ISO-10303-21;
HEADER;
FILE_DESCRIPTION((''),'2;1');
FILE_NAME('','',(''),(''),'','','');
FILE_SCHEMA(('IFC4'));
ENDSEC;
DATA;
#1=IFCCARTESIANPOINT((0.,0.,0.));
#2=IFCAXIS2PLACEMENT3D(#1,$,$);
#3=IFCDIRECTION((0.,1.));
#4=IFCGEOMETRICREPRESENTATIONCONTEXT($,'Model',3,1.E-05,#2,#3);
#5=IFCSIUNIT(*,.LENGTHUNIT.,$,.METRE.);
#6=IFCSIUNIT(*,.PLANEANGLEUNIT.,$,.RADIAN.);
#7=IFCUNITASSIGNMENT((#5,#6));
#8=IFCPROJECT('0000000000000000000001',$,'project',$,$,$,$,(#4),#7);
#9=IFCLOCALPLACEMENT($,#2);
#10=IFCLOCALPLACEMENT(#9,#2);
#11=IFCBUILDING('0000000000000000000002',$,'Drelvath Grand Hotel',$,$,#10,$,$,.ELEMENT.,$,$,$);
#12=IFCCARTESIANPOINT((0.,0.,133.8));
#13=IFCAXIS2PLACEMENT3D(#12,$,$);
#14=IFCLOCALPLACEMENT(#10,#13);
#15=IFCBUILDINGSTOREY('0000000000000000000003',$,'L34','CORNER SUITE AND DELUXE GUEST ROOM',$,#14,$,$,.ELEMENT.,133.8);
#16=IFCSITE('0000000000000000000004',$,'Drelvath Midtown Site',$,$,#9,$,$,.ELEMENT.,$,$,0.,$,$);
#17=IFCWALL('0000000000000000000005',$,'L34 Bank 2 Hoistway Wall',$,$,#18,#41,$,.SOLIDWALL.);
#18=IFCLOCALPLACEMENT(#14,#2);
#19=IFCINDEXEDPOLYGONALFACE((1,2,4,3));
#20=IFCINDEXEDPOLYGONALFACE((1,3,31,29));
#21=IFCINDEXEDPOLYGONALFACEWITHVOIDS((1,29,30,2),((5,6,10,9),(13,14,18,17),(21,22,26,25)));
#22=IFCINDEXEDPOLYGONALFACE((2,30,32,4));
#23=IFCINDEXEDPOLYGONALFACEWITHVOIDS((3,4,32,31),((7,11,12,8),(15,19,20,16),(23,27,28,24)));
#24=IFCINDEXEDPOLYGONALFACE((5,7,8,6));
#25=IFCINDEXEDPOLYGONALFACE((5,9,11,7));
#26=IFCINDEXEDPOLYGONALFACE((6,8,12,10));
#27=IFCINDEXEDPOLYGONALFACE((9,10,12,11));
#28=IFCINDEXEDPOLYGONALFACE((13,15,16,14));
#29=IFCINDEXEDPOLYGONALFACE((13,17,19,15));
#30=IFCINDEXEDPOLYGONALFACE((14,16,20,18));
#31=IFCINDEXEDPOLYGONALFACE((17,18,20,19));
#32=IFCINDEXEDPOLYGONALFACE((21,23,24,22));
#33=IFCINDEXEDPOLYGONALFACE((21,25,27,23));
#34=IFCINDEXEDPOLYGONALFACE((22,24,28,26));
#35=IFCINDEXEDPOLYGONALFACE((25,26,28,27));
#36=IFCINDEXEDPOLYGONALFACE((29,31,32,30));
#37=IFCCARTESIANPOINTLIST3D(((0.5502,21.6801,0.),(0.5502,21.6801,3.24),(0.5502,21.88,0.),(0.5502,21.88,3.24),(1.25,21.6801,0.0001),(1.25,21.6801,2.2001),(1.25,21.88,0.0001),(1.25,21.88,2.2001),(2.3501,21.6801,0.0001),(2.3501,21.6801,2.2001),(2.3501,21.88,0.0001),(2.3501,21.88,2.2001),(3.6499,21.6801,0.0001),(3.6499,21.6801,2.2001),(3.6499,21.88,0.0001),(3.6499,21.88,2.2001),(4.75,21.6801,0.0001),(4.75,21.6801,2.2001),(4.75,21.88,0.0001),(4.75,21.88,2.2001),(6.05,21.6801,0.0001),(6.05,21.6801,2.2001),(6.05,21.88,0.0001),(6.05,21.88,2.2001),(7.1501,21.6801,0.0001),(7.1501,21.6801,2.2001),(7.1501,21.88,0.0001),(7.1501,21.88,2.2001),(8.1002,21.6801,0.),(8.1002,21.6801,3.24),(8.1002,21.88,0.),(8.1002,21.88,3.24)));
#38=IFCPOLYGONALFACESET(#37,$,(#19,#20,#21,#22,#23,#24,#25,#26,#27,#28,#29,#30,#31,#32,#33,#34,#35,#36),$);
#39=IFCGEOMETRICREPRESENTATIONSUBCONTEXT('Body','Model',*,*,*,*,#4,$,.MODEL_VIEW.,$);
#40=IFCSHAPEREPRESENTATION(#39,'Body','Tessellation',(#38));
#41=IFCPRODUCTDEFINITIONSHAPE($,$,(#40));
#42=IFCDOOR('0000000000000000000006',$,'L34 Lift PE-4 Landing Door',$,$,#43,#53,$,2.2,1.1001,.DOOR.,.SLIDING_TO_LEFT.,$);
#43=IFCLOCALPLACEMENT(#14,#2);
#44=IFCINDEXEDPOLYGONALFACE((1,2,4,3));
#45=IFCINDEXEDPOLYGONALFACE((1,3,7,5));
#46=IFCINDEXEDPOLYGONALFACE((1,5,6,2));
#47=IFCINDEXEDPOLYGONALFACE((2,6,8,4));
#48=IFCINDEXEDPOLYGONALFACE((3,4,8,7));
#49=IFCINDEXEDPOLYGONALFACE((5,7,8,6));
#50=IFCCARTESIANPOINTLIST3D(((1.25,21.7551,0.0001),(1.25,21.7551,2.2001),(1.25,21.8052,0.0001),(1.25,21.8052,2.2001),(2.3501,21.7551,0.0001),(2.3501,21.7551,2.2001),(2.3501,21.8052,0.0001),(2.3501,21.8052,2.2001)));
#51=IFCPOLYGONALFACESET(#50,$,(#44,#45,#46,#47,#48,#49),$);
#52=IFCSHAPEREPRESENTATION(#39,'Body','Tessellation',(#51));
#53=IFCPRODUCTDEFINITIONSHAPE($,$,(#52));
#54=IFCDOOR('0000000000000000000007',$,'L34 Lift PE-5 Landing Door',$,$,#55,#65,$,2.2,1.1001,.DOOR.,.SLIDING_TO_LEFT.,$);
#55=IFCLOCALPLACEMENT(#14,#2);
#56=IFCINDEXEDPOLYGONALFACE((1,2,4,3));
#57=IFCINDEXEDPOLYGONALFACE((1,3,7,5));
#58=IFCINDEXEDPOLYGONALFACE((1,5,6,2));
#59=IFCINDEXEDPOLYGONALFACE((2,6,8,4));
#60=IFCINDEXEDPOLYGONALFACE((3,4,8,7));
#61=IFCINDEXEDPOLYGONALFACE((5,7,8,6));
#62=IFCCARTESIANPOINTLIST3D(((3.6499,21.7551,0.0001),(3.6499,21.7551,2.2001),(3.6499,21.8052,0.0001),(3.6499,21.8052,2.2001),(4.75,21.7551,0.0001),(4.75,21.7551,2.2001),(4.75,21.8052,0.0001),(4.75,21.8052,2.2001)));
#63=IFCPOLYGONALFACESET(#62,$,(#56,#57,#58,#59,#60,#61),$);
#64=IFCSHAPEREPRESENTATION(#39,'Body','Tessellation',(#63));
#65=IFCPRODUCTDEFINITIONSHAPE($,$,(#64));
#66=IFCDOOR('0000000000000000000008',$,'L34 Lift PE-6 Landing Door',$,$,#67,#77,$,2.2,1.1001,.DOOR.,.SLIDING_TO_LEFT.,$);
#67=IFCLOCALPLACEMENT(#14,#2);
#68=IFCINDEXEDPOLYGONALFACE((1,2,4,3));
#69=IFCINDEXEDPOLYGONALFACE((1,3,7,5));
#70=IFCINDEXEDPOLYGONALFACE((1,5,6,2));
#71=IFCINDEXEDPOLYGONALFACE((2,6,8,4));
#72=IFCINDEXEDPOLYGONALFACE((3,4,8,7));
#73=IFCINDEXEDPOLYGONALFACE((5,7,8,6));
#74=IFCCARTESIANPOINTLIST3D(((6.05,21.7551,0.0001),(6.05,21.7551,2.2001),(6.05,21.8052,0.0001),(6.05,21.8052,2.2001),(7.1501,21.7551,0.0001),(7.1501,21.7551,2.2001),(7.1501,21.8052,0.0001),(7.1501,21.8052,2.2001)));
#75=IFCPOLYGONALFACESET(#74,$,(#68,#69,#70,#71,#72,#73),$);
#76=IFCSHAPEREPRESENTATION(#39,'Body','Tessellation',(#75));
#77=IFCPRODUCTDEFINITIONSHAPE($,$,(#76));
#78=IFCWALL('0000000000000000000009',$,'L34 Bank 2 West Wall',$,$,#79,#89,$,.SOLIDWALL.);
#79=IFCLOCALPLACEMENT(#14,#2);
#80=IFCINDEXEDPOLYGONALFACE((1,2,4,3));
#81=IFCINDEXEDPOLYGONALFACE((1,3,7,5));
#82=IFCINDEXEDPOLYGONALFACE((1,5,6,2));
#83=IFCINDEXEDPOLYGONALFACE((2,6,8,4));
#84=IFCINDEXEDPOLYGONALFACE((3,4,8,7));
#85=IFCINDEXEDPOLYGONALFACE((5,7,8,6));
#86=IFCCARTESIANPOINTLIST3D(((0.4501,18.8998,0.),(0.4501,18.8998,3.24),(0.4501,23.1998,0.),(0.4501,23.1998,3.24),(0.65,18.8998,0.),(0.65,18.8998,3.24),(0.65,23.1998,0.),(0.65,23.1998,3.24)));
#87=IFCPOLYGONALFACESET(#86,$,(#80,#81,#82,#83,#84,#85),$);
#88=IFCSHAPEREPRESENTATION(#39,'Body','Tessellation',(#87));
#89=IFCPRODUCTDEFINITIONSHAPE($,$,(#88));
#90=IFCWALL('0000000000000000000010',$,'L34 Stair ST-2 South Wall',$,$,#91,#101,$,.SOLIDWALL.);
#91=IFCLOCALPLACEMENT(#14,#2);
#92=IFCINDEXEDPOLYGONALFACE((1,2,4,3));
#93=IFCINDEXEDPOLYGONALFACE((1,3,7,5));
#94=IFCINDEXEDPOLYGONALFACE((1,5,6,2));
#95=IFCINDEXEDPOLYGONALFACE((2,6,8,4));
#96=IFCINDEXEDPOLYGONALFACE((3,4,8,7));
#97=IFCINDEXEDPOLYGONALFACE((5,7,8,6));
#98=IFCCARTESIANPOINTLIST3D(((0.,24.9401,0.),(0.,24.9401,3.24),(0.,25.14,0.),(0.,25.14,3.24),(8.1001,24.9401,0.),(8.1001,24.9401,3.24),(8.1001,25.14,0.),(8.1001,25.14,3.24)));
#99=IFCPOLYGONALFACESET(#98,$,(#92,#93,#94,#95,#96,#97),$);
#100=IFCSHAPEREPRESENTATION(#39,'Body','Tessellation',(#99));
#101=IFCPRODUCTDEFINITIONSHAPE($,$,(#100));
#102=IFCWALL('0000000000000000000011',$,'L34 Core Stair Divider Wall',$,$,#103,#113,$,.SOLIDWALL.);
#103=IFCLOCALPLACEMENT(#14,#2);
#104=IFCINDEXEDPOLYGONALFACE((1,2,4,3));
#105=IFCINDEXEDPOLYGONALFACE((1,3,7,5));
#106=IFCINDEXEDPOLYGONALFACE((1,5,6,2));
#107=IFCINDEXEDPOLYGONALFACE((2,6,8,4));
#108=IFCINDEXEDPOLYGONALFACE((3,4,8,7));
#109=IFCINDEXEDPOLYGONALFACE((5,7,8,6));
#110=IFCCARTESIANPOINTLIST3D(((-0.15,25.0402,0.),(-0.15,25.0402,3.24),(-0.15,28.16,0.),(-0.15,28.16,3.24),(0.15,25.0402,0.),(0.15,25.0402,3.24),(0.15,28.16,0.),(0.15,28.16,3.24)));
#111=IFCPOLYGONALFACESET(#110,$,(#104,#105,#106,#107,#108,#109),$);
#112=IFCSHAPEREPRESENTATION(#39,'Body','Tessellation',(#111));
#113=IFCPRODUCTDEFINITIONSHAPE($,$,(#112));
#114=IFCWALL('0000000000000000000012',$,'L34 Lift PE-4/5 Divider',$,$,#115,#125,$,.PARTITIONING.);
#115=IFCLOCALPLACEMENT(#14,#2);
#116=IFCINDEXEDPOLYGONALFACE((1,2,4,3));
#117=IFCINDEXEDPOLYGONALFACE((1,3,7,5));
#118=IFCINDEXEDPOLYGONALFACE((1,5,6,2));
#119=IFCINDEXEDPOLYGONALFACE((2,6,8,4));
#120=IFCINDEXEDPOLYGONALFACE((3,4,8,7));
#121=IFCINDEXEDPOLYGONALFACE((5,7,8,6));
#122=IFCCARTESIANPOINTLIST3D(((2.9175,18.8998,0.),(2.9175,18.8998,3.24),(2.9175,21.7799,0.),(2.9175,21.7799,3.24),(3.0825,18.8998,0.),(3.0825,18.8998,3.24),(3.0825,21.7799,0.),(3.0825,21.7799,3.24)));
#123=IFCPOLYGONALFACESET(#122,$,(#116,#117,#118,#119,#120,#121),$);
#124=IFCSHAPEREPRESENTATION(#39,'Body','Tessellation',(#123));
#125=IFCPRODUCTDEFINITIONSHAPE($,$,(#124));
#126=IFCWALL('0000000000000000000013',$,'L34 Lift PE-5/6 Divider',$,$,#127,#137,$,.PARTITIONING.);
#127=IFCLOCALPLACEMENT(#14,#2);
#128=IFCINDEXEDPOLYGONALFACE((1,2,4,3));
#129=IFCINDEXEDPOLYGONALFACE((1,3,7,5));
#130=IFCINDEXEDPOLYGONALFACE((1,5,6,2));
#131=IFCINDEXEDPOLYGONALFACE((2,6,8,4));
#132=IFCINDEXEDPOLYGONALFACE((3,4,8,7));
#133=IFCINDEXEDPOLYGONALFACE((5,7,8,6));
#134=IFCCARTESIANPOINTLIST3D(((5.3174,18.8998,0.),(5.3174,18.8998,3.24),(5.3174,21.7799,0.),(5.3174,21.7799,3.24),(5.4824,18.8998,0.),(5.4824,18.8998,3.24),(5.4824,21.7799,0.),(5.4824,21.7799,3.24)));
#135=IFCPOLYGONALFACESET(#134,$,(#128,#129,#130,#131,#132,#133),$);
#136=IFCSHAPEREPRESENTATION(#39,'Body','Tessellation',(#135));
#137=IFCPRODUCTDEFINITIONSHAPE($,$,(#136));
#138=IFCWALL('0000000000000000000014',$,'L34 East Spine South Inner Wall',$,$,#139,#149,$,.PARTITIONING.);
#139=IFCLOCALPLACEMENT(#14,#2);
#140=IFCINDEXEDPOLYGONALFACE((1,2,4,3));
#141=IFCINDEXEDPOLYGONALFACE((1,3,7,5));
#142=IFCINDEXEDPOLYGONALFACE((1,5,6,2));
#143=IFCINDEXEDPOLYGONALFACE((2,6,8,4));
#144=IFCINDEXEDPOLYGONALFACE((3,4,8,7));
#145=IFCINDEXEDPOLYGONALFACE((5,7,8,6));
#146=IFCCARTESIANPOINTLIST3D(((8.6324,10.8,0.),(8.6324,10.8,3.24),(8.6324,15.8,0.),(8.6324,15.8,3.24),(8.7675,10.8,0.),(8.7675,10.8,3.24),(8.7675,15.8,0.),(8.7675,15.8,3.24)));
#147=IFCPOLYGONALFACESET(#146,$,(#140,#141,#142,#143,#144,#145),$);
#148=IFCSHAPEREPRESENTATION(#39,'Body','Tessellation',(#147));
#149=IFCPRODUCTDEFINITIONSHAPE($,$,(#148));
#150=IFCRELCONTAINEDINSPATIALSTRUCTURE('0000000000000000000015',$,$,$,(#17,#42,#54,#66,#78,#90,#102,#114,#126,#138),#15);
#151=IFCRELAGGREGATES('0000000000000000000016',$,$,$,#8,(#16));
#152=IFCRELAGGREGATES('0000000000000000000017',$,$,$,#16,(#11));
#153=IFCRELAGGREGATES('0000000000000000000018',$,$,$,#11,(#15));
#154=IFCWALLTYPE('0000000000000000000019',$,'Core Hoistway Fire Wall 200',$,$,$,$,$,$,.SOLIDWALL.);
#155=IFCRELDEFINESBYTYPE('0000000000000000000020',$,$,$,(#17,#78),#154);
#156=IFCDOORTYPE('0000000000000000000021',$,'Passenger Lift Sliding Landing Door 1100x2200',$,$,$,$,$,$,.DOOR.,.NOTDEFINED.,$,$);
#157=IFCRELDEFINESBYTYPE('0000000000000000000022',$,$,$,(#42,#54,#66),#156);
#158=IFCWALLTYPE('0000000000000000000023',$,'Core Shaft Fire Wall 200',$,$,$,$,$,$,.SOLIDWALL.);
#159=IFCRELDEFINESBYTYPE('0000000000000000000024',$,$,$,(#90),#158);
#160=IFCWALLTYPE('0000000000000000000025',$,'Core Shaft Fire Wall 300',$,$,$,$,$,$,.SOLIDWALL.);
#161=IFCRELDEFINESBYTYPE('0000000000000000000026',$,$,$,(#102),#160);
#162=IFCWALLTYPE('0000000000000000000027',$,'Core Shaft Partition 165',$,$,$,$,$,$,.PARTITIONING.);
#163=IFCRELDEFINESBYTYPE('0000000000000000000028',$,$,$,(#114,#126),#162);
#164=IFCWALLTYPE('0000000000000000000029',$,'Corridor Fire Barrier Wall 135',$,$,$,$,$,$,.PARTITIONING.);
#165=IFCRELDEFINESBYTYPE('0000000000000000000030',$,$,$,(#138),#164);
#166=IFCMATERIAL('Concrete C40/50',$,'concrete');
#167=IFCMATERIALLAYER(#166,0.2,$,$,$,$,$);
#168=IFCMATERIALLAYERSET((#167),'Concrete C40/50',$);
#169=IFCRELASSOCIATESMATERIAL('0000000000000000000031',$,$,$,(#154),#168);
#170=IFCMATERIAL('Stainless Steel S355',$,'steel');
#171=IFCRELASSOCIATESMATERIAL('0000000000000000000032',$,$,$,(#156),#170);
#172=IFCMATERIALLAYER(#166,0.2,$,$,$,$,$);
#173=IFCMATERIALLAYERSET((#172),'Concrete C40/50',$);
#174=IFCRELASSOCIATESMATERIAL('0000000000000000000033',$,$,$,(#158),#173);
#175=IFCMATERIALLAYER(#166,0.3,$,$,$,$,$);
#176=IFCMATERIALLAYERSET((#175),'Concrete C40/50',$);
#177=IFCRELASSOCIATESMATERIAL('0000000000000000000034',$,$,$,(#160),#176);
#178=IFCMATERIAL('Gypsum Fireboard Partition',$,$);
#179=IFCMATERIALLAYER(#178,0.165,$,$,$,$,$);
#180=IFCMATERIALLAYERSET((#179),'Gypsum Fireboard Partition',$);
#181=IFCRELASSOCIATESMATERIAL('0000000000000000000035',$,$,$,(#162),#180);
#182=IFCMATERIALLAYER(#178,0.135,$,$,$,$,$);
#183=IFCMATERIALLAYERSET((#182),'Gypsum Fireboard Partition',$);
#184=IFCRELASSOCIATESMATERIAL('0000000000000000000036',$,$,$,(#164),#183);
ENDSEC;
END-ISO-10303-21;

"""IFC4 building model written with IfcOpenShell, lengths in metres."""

from ifc_helpers import new_model, si_unit, direction, frame, frame_2d, origin, place, context, subcontext, project, spatial, rectangle, extrude, material, layer, layer_set, type_object, element, fill, save


model = new_model("IFC4")

# Units and contexts
model_context = context("Model", 3, precision=1e-05, world=origin(), true_north=direction((0.0, 1.0)))
body_context = subcontext(model_context, "Body", "Model", "MODEL_VIEW")
ifc_project = project(units=[si_unit("LENGTHUNIT", "METRE"), si_unit("PLANEANGLEUNIT", "RADIAN")], contexts=[model_context])

# Site, building, storey
site_placement = place(None, origin())
site = spatial("IfcSite", under=ifc_project, at=site_placement, Name="Drelvath Midtown Site", CompositionType="ELEMENT", RefElevation=0.0)
building_placement = place(site_placement, origin())
building = spatial("IfcBuilding", under=site, at=building_placement, Name="Drelvath Grand Hotel", CompositionType="ELEMENT")
storey_placement = place(building_placement, frame((0.0, 0.0, 133.8)))
storey = spatial("IfcBuildingStorey", under=building, at=storey_placement, Name="L34", Description="CORNER SUITE AND DELUXE GUEST ROOM", CompositionType="ELEMENT", Elevation=133.8)

# Wall, openings, doors
ifc_material_1 = material(Name="Concrete C40/50", Category="concrete")
ifc_layer_1 = layer(ifc_material_1, 0.2)
ifc_layer_set_1 = layer_set([ifc_layer_1], Name="Concrete C40/50")
wall_type_1 = type_object("IfcWallType", Name="Core Hoistway Fire Wall 200", PredefinedType="SOLIDWALL", material=ifc_layer_set_1)
wall_1_placement = place(storey_placement, frame((8.1001, 21.78, 0.0), z_axis=(0.0, 0.0, 1.0), x_axis=(-1.0, 0.0, 0.0)))
wall_1 = element("IfcWall", 1, at=wall_1_placement, inside=storey, type_object=wall_type_1, Name="L34 Bank 2 Hoistway Wall", PredefinedType="SOLIDWALL", context=body_context, shape_type="SweptSolid", body=[
    extrude(rectangle(XDim=7.55, YDim=0.2, at=frame_2d((3.7749, 0.0))), origin(), (0.0, 0.0, 1.0), 3.24),
])
opening_1_placement = place(wall_1_placement, frame((5.75, 0.0, 0.0)))
opening_1 = element("IfcOpeningElement", 2, at=opening_1_placement, cuts=wall_1, PredefinedType="OPENING", context=body_context, shape_type="SweptSolid", body=[
    extrude(rectangle(XDim=1.1001, YDim=2.2, at=frame_2d((0.55, 1.1001))), frame((0.0, 0.1099, 0.0), z_axis=(0.0, -1.0, 0.0), x_axis=(1.0, 0.0, 0.0)), (0.0, 0.0, 1.0), 0.22),
])
opening_2_placement = place(wall_1_placement, frame((3.3501, 0.0, 0.0)))
opening_2 = element("IfcOpeningElement", 3, at=opening_2_placement, cuts=wall_1, PredefinedType="OPENING", context=body_context, shape_type="SweptSolid", body=[
    extrude(rectangle(XDim=1.1001, YDim=2.2, at=frame_2d((0.55, 1.1001))), frame((0.0, 0.1099, 0.0), z_axis=(0.0, -1.0, 0.0), x_axis=(1.0, 0.0, 0.0)), (0.0, 0.0, 1.0), 0.22),
])
opening_3_placement = place(wall_1_placement, frame((0.95, 0.0, 0.0)))
opening_3 = element("IfcOpeningElement", 4, at=opening_3_placement, cuts=wall_1, PredefinedType="OPENING", context=body_context, shape_type="SweptSolid", body=[
    extrude(rectangle(XDim=1.1001, YDim=2.2, at=frame_2d((0.55, 1.1001))), frame((0.0, 0.1099, 0.0), z_axis=(0.0, -1.0, 0.0), x_axis=(1.0, 0.0, 0.0)), (0.0, 0.0, 1.0), 0.22),
])
ifc_material_2 = material(Name="Stainless Steel S355", Category="steel")
door_type_1 = type_object("IfcDoorType", Name="Passenger Lift Sliding Landing Door 1100x2200", OperationType="NOTDEFINED", PredefinedType="DOOR", material=ifc_material_2)
door_1_placement = place(opening_1_placement, origin())
door_1 = element("IfcDoor", 5, at=door_1_placement, inside=storey, type_object=door_type_1, Name="L34 Lift PE-4 Landing Door", OperationType="SLIDING_TO_LEFT", OverallHeight=2.2, OverallWidth=1.1001, PredefinedType="DOOR", context=body_context, shape_type="SweptSolid", body=[
    extrude(rectangle(XDim=1.1001, YDim=2.2, at=frame_2d((0.55, 1.1001))), frame((0.0, 0.0249, 0.0), z_axis=(0.0, -1.0, 0.0), x_axis=(1.0, 0.0, 0.0)), (0.0, 0.0, 1.0), 0.05),
])
fill(opening_1, door_1)
door_2_placement = place(opening_2_placement, origin())
door_2 = element("IfcDoor", 6, at=door_2_placement, inside=storey, type_object=door_type_1, Name="L34 Lift PE-5 Landing Door", OperationType="SLIDING_TO_LEFT", OverallHeight=2.2, OverallWidth=1.1001, PredefinedType="DOOR", context=body_context, shape_type="SweptSolid", body=[
    extrude(rectangle(XDim=1.1001, YDim=2.2, at=frame_2d((0.55, 1.1001))), frame((0.0, 0.0249, 0.0), z_axis=(0.0, -1.0, 0.0), x_axis=(1.0, 0.0, 0.0)), (0.0, 0.0, 1.0), 0.05),
])
fill(opening_2, door_2)
door_3_placement = place(opening_3_placement, origin())
door_3 = element("IfcDoor", 7, at=door_3_placement, inside=storey, type_object=door_type_1, Name="L34 Lift PE-6 Landing Door", OperationType="SLIDING_TO_LEFT", OverallHeight=2.2, OverallWidth=1.1001, PredefinedType="DOOR", context=body_context, shape_type="SweptSolid", body=[
    extrude(rectangle(XDim=1.1001, YDim=2.2, at=frame_2d((0.55, 1.1001))), frame((0.0, 0.0249, 0.0), z_axis=(0.0, -1.0, 0.0), x_axis=(1.0, 0.0, 0.0)), (0.0, 0.0, 1.0), 0.05),
])
fill(opening_3, door_3)

# Walls
wall_2_placement = place(storey_placement, frame((0.55, 18.8999, 0.0), z_axis=(0.0, 0.0, 1.0), x_axis=(0.0, 1.0, 0.0)))
element("IfcWall", 8, at=wall_2_placement, inside=storey, type_object=wall_type_1, Name="L34 Bank 2 West Wall", PredefinedType="SOLIDWALL", context=body_context, shape_type="SweptSolid", body=[
    extrude(rectangle(XDim=4.3, YDim=0.2, at=frame_2d((2.1499, 0.0))), origin(), (0.0, 0.0, 1.0), 3.24),
])
ifc_layer_2 = layer(ifc_material_1, 0.2)
ifc_layer_set_2 = layer_set([ifc_layer_2], Name="Concrete C40/50")
wall_type_2 = type_object("IfcWallType", Name="Core Shaft Fire Wall 200", PredefinedType="SOLIDWALL", material=ifc_layer_set_2)
wall_3_placement = place(storey_placement, frame((0.0, 25.04, 0.0), z_axis=(0.0, 0.0, 1.0), x_axis=(1.0, 0.0, 0.0)))
element("IfcWall", 9, at=wall_3_placement, inside=storey, type_object=wall_type_2, Name="L34 Stair ST-2 South Wall", PredefinedType="SOLIDWALL", context=body_context, shape_type="SweptSolid", body=[
    extrude(rectangle(XDim=8.1001, YDim=0.2, at=frame_2d((4.05, 0.0))), origin(), (0.0, 0.0, 1.0), 3.24),
])
ifc_layer_3 = layer(ifc_material_1, 0.3)
ifc_layer_set_3 = layer_set([ifc_layer_3], Name="Concrete C40/50")
wall_type_3 = type_object("IfcWallType", Name="Core Shaft Fire Wall 300", PredefinedType="SOLIDWALL", material=ifc_layer_set_3)
wall_4_placement = place(storey_placement, frame((0.0, 25.04, 0.0), z_axis=(0.0, 0.0, 1.0), x_axis=(0.0, 1.0, 0.0)))
element("IfcWall", 10, at=wall_4_placement, inside=storey, type_object=wall_type_3, Name="L34 Core Stair Divider Wall", PredefinedType="SOLIDWALL", context=body_context, shape_type="SweptSolid", body=[
    extrude(rectangle(XDim=3.1199, YDim=0.3, at=frame_2d((1.5601, 0.0))), origin(), (0.0, 0.0, 1.0), 3.24),
])
ifc_material_3 = material(Name="Gypsum Fireboard Partition")
ifc_layer_4 = layer(ifc_material_3, 0.165)
ifc_layer_set_4 = layer_set([ifc_layer_4], Name="Gypsum Fireboard Partition")
wall_type_4 = type_object("IfcWallType", Name="Core Shaft Partition 165", PredefinedType="PARTITIONING", material=ifc_layer_set_4)
for number, where, z_axis, x_axis, name in (
    (11, (3.0, 18.8999, 0.0), (0.0, 0.0, 1.0), (0.0, 1.0, 0.0), "L34 Lift PE-4/5 Divider"),
    (12, (5.3999, 18.8999, 0.0), (0.0, 0.0, 1.0), (0.0, 1.0, 0.0), "L34 Lift PE-5/6 Divider"),
):
    element("IfcWall", number, at=place(storey_placement, frame(where, z_axis=z_axis, x_axis=x_axis)), inside=storey, type_object=wall_type_4, Name=name, PredefinedType="PARTITIONING", context=body_context, shape_type="SweptSolid", body=[
        extrude(rectangle(XDim=2.8801, YDim=0.165, at=frame_2d((1.4399, 0.0))), origin(), (0.0, 0.0, 1.0), 3.24),
    ])
ifc_layer_5 = layer(ifc_material_3, 0.135)
ifc_layer_set_5 = layer_set([ifc_layer_5], Name="Gypsum Fireboard Partition")
wall_type_5 = type_object("IfcWallType", Name="Corridor Fire Barrier Wall 135", PredefinedType="PARTITIONING", material=ifc_layer_set_5)
wall_5_placement = place(storey_placement, frame((8.7, 10.8, 0.0), z_axis=(0.0, 0.0, 1.0), x_axis=(0.0, 1.0, 0.0)))
element("IfcWall", 13, at=wall_5_placement, inside=storey, type_object=wall_type_5, Name="L34 East Spine South Inner Wall", PredefinedType="PARTITIONING", context=body_context, shape_type="SweptSolid", body=[
    extrude(rectangle(XDim=5.0, YDim=0.135, at=frame_2d((2.5, 0.0))), origin(), (0.0, 0.0, 1.0), 3.24),
])

save(model, "model.ifc")
